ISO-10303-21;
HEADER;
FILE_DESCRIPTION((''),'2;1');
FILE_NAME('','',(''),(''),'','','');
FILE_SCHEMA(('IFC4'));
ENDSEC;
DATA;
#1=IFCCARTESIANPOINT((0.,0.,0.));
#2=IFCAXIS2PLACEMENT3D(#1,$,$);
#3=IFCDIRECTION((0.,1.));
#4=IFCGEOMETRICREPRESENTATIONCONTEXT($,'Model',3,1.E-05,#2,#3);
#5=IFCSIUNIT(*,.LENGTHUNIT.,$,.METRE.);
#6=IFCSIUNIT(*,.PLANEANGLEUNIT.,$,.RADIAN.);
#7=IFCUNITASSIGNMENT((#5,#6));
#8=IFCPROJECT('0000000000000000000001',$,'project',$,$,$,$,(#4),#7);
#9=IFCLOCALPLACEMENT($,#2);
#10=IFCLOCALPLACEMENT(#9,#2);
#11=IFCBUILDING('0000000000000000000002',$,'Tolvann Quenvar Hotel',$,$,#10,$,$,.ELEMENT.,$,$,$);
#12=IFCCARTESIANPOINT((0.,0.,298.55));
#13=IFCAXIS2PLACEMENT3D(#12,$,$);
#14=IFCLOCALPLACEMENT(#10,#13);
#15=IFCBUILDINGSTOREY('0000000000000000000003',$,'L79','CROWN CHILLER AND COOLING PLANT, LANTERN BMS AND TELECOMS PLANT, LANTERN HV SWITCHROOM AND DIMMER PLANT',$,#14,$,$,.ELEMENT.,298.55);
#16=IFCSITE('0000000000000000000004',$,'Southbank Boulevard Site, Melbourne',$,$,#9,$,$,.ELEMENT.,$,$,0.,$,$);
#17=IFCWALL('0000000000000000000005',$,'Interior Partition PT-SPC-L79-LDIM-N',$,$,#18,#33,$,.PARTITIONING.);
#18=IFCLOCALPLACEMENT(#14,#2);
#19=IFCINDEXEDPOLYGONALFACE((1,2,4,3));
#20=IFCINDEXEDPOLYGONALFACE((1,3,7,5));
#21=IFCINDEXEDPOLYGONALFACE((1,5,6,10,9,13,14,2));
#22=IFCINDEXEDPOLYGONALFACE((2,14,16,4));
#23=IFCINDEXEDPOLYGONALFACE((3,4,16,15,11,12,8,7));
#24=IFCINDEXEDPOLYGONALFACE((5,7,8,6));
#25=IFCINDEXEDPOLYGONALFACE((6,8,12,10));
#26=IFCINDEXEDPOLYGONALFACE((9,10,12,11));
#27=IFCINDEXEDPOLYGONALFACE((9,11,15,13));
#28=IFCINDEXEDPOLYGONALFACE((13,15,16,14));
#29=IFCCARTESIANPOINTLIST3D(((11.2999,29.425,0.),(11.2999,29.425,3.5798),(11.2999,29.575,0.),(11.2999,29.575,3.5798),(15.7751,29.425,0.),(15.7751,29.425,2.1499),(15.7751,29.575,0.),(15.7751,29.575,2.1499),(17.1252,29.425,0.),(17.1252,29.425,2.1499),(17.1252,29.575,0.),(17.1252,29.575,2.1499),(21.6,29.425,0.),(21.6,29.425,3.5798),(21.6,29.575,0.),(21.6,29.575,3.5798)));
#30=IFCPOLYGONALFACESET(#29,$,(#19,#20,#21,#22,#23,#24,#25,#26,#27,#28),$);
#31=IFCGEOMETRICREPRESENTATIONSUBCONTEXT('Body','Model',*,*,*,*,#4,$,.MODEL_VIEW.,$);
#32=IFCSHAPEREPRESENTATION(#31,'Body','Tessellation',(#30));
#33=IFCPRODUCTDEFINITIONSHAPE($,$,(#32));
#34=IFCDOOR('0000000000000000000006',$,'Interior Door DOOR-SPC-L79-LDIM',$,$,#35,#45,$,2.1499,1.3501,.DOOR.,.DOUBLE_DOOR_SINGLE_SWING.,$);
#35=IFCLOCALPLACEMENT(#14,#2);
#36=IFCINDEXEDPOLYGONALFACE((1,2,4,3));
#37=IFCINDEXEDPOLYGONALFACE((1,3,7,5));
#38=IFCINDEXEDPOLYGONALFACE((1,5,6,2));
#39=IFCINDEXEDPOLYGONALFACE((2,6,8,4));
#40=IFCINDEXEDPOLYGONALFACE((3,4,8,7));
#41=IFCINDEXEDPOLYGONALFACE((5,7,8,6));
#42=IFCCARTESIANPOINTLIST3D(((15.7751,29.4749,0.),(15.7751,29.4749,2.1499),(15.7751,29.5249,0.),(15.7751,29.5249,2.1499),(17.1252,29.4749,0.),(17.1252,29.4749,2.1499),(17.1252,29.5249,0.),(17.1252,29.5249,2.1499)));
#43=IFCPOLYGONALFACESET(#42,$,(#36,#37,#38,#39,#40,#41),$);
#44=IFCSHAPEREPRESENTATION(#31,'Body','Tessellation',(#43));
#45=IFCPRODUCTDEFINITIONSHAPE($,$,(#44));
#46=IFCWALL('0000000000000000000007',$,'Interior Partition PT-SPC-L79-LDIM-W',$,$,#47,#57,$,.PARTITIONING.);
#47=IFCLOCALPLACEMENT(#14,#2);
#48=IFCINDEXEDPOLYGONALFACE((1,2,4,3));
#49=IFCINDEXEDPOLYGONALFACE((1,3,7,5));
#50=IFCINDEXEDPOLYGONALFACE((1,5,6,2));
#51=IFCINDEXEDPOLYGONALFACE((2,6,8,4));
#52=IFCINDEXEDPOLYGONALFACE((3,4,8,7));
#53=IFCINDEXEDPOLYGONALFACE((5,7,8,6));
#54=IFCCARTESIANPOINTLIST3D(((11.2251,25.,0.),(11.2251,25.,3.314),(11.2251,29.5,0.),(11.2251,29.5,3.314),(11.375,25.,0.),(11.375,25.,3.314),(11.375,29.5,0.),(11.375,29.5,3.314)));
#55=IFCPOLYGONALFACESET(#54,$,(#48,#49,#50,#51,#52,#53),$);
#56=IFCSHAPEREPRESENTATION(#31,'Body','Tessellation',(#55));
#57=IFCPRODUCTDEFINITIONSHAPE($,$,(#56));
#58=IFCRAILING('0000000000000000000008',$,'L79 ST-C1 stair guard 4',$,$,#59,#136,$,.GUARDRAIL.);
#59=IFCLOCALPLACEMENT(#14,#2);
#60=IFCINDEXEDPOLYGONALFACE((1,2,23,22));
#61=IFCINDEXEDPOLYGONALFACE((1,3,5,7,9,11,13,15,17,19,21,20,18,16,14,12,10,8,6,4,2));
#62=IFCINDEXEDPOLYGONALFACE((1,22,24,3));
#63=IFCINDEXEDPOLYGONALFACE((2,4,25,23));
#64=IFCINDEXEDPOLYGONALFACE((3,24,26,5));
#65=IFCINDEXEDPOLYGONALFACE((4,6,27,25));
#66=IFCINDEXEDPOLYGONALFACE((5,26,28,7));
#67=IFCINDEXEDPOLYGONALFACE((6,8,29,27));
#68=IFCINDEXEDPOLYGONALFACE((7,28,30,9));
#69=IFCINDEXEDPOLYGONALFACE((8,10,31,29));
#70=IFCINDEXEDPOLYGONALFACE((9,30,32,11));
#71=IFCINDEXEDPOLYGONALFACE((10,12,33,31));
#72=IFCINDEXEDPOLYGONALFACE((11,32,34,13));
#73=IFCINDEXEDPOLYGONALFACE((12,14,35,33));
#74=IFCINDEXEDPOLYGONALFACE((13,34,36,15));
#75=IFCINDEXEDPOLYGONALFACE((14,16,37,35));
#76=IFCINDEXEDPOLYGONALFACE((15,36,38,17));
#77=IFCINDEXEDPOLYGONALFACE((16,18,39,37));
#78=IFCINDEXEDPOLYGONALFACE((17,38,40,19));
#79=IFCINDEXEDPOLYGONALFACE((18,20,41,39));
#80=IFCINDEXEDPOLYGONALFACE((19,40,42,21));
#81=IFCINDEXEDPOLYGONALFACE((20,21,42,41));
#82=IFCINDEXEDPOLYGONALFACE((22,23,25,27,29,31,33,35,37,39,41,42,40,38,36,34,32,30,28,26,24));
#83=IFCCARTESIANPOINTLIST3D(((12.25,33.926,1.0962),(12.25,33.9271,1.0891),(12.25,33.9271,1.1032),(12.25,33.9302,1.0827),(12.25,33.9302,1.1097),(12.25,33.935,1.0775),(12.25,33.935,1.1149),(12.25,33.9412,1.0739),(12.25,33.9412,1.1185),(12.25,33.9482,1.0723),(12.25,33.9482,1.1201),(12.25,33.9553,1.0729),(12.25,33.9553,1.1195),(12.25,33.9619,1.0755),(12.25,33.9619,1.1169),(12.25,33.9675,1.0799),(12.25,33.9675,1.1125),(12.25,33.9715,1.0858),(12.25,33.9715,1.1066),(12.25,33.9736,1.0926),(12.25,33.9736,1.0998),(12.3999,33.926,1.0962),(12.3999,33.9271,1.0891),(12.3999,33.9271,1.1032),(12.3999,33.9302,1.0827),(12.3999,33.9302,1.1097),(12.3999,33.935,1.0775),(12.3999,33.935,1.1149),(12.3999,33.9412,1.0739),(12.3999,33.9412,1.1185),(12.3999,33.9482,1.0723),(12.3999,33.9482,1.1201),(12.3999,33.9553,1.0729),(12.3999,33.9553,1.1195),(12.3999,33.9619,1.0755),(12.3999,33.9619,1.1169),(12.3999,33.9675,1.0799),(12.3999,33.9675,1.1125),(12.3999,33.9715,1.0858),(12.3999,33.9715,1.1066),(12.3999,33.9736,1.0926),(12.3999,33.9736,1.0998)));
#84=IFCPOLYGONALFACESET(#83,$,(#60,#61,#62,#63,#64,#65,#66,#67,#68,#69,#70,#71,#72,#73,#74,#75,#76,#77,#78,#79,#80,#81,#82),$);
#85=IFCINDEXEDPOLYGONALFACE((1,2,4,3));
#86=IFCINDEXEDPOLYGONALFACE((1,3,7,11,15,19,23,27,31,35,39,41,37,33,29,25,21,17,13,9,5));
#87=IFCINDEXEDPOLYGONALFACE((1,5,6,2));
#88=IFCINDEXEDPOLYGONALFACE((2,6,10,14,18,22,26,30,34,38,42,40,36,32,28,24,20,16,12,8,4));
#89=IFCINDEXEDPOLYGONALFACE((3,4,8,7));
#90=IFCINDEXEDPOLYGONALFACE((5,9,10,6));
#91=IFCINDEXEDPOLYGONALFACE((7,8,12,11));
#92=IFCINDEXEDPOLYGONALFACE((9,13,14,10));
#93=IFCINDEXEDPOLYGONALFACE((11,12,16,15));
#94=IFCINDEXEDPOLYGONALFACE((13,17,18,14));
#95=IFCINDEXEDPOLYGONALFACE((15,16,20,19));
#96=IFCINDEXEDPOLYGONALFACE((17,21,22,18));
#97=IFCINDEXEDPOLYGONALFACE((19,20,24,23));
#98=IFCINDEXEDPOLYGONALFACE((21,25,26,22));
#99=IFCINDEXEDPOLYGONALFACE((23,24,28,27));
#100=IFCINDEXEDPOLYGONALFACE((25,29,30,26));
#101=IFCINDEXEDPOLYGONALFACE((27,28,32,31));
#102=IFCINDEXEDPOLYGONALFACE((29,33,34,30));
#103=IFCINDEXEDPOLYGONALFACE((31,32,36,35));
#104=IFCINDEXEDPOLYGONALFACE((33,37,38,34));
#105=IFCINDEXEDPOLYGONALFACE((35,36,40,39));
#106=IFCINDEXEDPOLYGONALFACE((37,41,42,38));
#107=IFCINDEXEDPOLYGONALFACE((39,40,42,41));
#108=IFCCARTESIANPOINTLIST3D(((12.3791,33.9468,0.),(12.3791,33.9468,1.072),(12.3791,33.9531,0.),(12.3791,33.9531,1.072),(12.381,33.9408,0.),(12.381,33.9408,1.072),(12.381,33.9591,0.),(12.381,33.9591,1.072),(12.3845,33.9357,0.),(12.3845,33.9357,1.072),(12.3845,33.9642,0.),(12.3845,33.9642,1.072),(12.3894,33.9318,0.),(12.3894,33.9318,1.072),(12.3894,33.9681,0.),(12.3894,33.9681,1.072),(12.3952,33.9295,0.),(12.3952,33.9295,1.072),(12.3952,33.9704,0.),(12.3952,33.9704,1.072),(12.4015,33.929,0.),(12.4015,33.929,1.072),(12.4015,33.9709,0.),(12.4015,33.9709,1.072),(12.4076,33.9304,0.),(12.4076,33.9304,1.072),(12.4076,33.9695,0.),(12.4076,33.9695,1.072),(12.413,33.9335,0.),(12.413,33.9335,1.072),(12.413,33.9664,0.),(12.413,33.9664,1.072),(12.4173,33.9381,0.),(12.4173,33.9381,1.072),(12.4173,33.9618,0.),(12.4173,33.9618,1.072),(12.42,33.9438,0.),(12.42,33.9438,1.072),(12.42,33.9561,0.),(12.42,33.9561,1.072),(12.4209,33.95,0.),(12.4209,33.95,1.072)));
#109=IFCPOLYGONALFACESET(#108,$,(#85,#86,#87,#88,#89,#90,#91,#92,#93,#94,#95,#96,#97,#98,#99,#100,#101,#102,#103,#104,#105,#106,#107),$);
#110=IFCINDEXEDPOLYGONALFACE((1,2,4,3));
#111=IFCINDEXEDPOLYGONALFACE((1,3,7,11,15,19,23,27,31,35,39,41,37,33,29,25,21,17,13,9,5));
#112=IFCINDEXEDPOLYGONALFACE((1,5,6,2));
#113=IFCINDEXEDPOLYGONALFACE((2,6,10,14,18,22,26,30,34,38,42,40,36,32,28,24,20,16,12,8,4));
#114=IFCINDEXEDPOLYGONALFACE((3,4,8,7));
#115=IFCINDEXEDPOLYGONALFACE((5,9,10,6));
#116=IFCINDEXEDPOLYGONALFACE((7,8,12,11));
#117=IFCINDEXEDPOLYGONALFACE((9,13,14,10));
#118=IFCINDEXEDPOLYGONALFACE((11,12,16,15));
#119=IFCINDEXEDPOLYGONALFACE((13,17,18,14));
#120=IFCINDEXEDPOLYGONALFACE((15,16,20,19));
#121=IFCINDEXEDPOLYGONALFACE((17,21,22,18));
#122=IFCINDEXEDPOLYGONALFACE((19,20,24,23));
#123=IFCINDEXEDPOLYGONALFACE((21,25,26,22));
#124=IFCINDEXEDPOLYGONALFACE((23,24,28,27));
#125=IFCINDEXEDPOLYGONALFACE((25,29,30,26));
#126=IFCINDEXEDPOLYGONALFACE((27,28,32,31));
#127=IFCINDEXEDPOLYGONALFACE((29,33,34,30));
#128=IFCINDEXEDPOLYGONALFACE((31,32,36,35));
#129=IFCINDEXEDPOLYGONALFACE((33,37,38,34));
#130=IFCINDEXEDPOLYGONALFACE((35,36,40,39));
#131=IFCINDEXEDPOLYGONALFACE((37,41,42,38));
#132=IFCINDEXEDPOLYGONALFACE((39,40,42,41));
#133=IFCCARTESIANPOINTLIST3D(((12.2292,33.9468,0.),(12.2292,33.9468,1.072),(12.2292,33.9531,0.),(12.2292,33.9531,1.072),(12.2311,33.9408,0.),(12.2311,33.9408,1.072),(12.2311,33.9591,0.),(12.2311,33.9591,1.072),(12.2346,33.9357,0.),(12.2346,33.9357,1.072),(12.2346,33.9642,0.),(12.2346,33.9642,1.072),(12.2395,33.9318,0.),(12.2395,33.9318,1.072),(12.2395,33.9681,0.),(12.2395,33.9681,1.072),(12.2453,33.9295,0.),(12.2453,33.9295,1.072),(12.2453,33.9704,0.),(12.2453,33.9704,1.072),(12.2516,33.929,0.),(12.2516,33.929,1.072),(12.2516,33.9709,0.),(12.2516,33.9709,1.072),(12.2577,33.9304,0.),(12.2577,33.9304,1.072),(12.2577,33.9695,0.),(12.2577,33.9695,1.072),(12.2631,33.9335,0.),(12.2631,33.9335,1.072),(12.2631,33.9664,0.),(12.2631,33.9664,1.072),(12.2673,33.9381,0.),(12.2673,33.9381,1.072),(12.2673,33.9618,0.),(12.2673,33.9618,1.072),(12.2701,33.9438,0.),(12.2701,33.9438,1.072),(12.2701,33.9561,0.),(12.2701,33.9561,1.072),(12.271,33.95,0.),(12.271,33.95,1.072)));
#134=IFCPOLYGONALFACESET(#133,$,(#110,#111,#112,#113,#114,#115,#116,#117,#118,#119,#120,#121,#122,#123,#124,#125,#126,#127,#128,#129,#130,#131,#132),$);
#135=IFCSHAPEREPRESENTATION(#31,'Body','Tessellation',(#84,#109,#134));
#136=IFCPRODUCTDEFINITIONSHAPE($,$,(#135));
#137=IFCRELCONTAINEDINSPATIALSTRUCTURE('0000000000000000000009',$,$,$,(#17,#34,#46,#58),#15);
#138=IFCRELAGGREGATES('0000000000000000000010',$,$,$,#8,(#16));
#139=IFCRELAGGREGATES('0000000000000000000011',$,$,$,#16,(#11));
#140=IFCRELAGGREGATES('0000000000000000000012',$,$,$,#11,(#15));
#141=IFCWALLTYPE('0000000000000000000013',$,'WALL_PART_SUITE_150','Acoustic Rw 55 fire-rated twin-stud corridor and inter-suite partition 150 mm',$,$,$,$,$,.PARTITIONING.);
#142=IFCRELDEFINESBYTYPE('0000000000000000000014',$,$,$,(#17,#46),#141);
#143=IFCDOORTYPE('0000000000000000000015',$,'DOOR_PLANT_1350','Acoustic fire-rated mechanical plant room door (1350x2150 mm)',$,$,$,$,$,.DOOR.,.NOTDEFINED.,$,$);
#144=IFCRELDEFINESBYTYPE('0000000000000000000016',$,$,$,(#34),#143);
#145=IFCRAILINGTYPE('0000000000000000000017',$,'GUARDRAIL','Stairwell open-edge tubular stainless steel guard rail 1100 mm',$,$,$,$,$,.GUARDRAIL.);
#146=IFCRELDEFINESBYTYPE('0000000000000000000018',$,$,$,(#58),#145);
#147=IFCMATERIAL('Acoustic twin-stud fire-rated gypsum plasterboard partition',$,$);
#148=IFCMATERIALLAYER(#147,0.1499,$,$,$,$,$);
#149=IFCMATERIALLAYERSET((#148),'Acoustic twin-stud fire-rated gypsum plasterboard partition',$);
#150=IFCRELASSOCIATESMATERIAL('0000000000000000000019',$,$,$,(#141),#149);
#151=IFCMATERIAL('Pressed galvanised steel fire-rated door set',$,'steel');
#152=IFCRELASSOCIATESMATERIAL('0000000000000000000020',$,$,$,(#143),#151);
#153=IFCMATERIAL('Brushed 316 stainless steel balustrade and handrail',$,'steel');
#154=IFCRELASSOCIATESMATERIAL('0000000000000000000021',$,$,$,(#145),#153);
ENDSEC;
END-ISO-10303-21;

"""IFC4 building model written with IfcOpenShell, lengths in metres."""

from ifc_helpers import new_model, si_unit, direction, frame, frame_2d, origin, origin_2d, place, context, subcontext, project, spatial, rectangle, circle, extrude, source, transform, mapped, material, layer, layer_set, type_object, type_shapes, element, fill, save


model = new_model("IFC4")

# Units and contexts
model_context = context("Model", 3, precision=1e-05, world=origin(), true_north=direction((0.0, 1.0)))
body_context = subcontext(model_context, "Body", "Model", "MODEL_VIEW")
ifc_project = project(units=[si_unit("LENGTHUNIT", "METRE"), si_unit("PLANEANGLEUNIT", "RADIAN")], contexts=[model_context])

# Site, building, storey
site_placement = place(None, origin())
site = spatial("IfcSite", under=ifc_project, at=site_placement, Name="Southbank Boulevard Site, Melbourne", CompositionType="ELEMENT", RefElevation=0.0)
building_placement = place(site_placement, origin())
building = spatial("IfcBuilding", under=site, at=building_placement, Name="Tolvann Quenvar Hotel", CompositionType="ELEMENT")
storey_placement = place(building_placement, frame((0.0, 0.0, 298.55)))
storey = spatial("IfcBuildingStorey", under=building, at=storey_placement, Name="L79", Description="CROWN CHILLER AND COOLING PLANT, LANTERN BMS AND TELECOMS PLANT, LANTERN HV SWITCHROOM AND DIMMER PLANT", CompositionType="ELEMENT", Elevation=298.55)

# Shared definitions
ifc_material_1 = material(Name="Pressed galvanised steel fire-rated door set", Category="steel")
ifc_material_2 = material(Name="Acoustic twin-stud fire-rated gypsum plasterboard partition")
ifc_layer_1 = layer(ifc_material_2, 0.1499)
ifc_layer_set_1 = layer_set([ifc_layer_1], Name="Acoustic twin-stud fire-rated gypsum plasterboard partition")
wall_type_1 = type_object("IfcWallType", Name="WALL_PART_SUITE_150", Description="Acoustic Rw 55 fire-rated twin-stud corridor and inter-suite partition 150 mm", PredefinedType="PARTITIONING", material=ifc_layer_set_1)
door_type_1 = type_object("IfcDoorType", Name="DOOR_PLANT_1350", Description="Acoustic fire-rated mechanical plant room door (1350x2150 mm)", OperationType="NOTDEFINED", PredefinedType="DOOR", material=ifc_material_1)
shared_shape_1 = source(origin(), body_context, "Body", "SweptSolid", [
    extrude(rectangle(XDim=1.3501, YDim=2.1499, at=frame_2d((0.675, 1.075))), frame((0.0, 0.0249, 0.0), z_axis=(0.0, -1.0, 0.0), x_axis=(1.0, 0.0, 0.0)), (0.0, 0.0, 1.0), 0.05),
])
type_shapes(door_type_1, [shared_shape_1])

# Wall, opening, door
wall_1_placement = place(storey_placement, frame((11.3, 29.5, 0.0), z_axis=(0.0, 0.0, 1.0), x_axis=(1.0, 0.0, 0.0)))
wall_1 = element("IfcWall", 1, at=wall_1_placement, inside=storey, type_object=wall_type_1, Name="Interior Partition PT-SPC-L79-LDIM-N", PredefinedType="PARTITIONING", context=body_context, shape_type="SweptSolid", body=[
    extrude(rectangle(XDim=10.3, YDim=0.1499, at=frame_2d((5.1499, 0.0))), origin(), (0.0, 0.0, 1.0), 3.5798),
])
opening_1_placement = place(wall_1_placement, frame((4.4751, 0.0, 0.0)))
opening_1 = element("IfcOpeningElement", 2, at=opening_1_placement, cuts=wall_1, PredefinedType="OPENING", context=body_context, shape_type="SweptSolid", body=[
    extrude(rectangle(XDim=1.3501, YDim=2.1499, at=frame_2d((0.675, 1.075))), frame((0.0, 0.085, 0.0), z_axis=(0.0, -1.0, 0.0), x_axis=(1.0, 0.0, 0.0)), (0.0, 0.0, 1.0), 0.1699),
])
door_1_placement = place(opening_1_placement, origin())
door_1 = element("IfcDoor", 3, at=door_1_placement, inside=storey, type_object=door_type_1, Name="Interior Door DOOR-SPC-L79-LDIM", OperationType="DOUBLE_DOOR_SINGLE_SWING", OverallHeight=2.1499, OverallWidth=1.3501, PredefinedType="DOOR", context=body_context, shape_type="MappedRepresentation", body=[
    mapped(shared_shape_1, transform((0.0, 0.0, 0.0), x_axis=(1.0, 0.0, 0.0), y_axis=(0.0, 1.0, 0.0), z_axis=(0.0, 0.0, 1.0), scale=1.0)),
])
fill(opening_1, door_1)

# Wall
wall_2_placement = place(storey_placement, frame((11.3, 25.0, 0.0), z_axis=(0.0, 0.0, 1.0), x_axis=(0.0, 1.0, 0.0)))
element("IfcWall", 4, at=wall_2_placement, inside=storey, type_object=wall_type_1, Name="Interior Partition PT-SPC-L79-LDIM-W", PredefinedType="PARTITIONING", context=body_context, shape_type="SweptSolid", body=[
    extrude(rectangle(XDim=4.5, YDim=0.1499, at=frame_2d((2.25, 0.0))), origin(), (0.0, 0.0, 1.0), 3.314),
])

# Railing
ifc_material_3 = material(Name="Brushed 316 stainless steel balustrade and handrail", Category="steel")
railing_type = type_object("IfcRailingType", Name="GUARDRAIL", Description="Stairwell open-edge tubular stainless steel guard rail 1100 mm", PredefinedType="GUARDRAIL", material=ifc_material_3)
railing_placement = place(storey_placement, frame((12.3999, 33.95, 0.0)))
element("IfcRailing", 5, at=railing_placement, inside=storey, type_object=railing_type, Name="L79 ST-C1 stair guard 4", PredefinedType="GUARDRAIL", context=body_context, shape_type="SweptSolid", body=[
    extrude(circle(Radius=0.0239, at=origin_2d()), frame((0.0, 0.0, 1.0962), z_axis=(-1.0, 0.0, 0.0), x_axis=(0.0, -1.0, 0.0)), (0.0, 0.0, 1.0), 0.1499),
    extrude(circle(Radius=0.021, at=origin_2d()), origin(), (0.0, 0.0, 1.0), 1.072),
    extrude(circle(Radius=0.021, at=origin_2d()), frame((-0.1499, 0.0, 0.0)), (0.0, 0.0, 1.0), 1.072),
])

save(model, "model.ifc")
